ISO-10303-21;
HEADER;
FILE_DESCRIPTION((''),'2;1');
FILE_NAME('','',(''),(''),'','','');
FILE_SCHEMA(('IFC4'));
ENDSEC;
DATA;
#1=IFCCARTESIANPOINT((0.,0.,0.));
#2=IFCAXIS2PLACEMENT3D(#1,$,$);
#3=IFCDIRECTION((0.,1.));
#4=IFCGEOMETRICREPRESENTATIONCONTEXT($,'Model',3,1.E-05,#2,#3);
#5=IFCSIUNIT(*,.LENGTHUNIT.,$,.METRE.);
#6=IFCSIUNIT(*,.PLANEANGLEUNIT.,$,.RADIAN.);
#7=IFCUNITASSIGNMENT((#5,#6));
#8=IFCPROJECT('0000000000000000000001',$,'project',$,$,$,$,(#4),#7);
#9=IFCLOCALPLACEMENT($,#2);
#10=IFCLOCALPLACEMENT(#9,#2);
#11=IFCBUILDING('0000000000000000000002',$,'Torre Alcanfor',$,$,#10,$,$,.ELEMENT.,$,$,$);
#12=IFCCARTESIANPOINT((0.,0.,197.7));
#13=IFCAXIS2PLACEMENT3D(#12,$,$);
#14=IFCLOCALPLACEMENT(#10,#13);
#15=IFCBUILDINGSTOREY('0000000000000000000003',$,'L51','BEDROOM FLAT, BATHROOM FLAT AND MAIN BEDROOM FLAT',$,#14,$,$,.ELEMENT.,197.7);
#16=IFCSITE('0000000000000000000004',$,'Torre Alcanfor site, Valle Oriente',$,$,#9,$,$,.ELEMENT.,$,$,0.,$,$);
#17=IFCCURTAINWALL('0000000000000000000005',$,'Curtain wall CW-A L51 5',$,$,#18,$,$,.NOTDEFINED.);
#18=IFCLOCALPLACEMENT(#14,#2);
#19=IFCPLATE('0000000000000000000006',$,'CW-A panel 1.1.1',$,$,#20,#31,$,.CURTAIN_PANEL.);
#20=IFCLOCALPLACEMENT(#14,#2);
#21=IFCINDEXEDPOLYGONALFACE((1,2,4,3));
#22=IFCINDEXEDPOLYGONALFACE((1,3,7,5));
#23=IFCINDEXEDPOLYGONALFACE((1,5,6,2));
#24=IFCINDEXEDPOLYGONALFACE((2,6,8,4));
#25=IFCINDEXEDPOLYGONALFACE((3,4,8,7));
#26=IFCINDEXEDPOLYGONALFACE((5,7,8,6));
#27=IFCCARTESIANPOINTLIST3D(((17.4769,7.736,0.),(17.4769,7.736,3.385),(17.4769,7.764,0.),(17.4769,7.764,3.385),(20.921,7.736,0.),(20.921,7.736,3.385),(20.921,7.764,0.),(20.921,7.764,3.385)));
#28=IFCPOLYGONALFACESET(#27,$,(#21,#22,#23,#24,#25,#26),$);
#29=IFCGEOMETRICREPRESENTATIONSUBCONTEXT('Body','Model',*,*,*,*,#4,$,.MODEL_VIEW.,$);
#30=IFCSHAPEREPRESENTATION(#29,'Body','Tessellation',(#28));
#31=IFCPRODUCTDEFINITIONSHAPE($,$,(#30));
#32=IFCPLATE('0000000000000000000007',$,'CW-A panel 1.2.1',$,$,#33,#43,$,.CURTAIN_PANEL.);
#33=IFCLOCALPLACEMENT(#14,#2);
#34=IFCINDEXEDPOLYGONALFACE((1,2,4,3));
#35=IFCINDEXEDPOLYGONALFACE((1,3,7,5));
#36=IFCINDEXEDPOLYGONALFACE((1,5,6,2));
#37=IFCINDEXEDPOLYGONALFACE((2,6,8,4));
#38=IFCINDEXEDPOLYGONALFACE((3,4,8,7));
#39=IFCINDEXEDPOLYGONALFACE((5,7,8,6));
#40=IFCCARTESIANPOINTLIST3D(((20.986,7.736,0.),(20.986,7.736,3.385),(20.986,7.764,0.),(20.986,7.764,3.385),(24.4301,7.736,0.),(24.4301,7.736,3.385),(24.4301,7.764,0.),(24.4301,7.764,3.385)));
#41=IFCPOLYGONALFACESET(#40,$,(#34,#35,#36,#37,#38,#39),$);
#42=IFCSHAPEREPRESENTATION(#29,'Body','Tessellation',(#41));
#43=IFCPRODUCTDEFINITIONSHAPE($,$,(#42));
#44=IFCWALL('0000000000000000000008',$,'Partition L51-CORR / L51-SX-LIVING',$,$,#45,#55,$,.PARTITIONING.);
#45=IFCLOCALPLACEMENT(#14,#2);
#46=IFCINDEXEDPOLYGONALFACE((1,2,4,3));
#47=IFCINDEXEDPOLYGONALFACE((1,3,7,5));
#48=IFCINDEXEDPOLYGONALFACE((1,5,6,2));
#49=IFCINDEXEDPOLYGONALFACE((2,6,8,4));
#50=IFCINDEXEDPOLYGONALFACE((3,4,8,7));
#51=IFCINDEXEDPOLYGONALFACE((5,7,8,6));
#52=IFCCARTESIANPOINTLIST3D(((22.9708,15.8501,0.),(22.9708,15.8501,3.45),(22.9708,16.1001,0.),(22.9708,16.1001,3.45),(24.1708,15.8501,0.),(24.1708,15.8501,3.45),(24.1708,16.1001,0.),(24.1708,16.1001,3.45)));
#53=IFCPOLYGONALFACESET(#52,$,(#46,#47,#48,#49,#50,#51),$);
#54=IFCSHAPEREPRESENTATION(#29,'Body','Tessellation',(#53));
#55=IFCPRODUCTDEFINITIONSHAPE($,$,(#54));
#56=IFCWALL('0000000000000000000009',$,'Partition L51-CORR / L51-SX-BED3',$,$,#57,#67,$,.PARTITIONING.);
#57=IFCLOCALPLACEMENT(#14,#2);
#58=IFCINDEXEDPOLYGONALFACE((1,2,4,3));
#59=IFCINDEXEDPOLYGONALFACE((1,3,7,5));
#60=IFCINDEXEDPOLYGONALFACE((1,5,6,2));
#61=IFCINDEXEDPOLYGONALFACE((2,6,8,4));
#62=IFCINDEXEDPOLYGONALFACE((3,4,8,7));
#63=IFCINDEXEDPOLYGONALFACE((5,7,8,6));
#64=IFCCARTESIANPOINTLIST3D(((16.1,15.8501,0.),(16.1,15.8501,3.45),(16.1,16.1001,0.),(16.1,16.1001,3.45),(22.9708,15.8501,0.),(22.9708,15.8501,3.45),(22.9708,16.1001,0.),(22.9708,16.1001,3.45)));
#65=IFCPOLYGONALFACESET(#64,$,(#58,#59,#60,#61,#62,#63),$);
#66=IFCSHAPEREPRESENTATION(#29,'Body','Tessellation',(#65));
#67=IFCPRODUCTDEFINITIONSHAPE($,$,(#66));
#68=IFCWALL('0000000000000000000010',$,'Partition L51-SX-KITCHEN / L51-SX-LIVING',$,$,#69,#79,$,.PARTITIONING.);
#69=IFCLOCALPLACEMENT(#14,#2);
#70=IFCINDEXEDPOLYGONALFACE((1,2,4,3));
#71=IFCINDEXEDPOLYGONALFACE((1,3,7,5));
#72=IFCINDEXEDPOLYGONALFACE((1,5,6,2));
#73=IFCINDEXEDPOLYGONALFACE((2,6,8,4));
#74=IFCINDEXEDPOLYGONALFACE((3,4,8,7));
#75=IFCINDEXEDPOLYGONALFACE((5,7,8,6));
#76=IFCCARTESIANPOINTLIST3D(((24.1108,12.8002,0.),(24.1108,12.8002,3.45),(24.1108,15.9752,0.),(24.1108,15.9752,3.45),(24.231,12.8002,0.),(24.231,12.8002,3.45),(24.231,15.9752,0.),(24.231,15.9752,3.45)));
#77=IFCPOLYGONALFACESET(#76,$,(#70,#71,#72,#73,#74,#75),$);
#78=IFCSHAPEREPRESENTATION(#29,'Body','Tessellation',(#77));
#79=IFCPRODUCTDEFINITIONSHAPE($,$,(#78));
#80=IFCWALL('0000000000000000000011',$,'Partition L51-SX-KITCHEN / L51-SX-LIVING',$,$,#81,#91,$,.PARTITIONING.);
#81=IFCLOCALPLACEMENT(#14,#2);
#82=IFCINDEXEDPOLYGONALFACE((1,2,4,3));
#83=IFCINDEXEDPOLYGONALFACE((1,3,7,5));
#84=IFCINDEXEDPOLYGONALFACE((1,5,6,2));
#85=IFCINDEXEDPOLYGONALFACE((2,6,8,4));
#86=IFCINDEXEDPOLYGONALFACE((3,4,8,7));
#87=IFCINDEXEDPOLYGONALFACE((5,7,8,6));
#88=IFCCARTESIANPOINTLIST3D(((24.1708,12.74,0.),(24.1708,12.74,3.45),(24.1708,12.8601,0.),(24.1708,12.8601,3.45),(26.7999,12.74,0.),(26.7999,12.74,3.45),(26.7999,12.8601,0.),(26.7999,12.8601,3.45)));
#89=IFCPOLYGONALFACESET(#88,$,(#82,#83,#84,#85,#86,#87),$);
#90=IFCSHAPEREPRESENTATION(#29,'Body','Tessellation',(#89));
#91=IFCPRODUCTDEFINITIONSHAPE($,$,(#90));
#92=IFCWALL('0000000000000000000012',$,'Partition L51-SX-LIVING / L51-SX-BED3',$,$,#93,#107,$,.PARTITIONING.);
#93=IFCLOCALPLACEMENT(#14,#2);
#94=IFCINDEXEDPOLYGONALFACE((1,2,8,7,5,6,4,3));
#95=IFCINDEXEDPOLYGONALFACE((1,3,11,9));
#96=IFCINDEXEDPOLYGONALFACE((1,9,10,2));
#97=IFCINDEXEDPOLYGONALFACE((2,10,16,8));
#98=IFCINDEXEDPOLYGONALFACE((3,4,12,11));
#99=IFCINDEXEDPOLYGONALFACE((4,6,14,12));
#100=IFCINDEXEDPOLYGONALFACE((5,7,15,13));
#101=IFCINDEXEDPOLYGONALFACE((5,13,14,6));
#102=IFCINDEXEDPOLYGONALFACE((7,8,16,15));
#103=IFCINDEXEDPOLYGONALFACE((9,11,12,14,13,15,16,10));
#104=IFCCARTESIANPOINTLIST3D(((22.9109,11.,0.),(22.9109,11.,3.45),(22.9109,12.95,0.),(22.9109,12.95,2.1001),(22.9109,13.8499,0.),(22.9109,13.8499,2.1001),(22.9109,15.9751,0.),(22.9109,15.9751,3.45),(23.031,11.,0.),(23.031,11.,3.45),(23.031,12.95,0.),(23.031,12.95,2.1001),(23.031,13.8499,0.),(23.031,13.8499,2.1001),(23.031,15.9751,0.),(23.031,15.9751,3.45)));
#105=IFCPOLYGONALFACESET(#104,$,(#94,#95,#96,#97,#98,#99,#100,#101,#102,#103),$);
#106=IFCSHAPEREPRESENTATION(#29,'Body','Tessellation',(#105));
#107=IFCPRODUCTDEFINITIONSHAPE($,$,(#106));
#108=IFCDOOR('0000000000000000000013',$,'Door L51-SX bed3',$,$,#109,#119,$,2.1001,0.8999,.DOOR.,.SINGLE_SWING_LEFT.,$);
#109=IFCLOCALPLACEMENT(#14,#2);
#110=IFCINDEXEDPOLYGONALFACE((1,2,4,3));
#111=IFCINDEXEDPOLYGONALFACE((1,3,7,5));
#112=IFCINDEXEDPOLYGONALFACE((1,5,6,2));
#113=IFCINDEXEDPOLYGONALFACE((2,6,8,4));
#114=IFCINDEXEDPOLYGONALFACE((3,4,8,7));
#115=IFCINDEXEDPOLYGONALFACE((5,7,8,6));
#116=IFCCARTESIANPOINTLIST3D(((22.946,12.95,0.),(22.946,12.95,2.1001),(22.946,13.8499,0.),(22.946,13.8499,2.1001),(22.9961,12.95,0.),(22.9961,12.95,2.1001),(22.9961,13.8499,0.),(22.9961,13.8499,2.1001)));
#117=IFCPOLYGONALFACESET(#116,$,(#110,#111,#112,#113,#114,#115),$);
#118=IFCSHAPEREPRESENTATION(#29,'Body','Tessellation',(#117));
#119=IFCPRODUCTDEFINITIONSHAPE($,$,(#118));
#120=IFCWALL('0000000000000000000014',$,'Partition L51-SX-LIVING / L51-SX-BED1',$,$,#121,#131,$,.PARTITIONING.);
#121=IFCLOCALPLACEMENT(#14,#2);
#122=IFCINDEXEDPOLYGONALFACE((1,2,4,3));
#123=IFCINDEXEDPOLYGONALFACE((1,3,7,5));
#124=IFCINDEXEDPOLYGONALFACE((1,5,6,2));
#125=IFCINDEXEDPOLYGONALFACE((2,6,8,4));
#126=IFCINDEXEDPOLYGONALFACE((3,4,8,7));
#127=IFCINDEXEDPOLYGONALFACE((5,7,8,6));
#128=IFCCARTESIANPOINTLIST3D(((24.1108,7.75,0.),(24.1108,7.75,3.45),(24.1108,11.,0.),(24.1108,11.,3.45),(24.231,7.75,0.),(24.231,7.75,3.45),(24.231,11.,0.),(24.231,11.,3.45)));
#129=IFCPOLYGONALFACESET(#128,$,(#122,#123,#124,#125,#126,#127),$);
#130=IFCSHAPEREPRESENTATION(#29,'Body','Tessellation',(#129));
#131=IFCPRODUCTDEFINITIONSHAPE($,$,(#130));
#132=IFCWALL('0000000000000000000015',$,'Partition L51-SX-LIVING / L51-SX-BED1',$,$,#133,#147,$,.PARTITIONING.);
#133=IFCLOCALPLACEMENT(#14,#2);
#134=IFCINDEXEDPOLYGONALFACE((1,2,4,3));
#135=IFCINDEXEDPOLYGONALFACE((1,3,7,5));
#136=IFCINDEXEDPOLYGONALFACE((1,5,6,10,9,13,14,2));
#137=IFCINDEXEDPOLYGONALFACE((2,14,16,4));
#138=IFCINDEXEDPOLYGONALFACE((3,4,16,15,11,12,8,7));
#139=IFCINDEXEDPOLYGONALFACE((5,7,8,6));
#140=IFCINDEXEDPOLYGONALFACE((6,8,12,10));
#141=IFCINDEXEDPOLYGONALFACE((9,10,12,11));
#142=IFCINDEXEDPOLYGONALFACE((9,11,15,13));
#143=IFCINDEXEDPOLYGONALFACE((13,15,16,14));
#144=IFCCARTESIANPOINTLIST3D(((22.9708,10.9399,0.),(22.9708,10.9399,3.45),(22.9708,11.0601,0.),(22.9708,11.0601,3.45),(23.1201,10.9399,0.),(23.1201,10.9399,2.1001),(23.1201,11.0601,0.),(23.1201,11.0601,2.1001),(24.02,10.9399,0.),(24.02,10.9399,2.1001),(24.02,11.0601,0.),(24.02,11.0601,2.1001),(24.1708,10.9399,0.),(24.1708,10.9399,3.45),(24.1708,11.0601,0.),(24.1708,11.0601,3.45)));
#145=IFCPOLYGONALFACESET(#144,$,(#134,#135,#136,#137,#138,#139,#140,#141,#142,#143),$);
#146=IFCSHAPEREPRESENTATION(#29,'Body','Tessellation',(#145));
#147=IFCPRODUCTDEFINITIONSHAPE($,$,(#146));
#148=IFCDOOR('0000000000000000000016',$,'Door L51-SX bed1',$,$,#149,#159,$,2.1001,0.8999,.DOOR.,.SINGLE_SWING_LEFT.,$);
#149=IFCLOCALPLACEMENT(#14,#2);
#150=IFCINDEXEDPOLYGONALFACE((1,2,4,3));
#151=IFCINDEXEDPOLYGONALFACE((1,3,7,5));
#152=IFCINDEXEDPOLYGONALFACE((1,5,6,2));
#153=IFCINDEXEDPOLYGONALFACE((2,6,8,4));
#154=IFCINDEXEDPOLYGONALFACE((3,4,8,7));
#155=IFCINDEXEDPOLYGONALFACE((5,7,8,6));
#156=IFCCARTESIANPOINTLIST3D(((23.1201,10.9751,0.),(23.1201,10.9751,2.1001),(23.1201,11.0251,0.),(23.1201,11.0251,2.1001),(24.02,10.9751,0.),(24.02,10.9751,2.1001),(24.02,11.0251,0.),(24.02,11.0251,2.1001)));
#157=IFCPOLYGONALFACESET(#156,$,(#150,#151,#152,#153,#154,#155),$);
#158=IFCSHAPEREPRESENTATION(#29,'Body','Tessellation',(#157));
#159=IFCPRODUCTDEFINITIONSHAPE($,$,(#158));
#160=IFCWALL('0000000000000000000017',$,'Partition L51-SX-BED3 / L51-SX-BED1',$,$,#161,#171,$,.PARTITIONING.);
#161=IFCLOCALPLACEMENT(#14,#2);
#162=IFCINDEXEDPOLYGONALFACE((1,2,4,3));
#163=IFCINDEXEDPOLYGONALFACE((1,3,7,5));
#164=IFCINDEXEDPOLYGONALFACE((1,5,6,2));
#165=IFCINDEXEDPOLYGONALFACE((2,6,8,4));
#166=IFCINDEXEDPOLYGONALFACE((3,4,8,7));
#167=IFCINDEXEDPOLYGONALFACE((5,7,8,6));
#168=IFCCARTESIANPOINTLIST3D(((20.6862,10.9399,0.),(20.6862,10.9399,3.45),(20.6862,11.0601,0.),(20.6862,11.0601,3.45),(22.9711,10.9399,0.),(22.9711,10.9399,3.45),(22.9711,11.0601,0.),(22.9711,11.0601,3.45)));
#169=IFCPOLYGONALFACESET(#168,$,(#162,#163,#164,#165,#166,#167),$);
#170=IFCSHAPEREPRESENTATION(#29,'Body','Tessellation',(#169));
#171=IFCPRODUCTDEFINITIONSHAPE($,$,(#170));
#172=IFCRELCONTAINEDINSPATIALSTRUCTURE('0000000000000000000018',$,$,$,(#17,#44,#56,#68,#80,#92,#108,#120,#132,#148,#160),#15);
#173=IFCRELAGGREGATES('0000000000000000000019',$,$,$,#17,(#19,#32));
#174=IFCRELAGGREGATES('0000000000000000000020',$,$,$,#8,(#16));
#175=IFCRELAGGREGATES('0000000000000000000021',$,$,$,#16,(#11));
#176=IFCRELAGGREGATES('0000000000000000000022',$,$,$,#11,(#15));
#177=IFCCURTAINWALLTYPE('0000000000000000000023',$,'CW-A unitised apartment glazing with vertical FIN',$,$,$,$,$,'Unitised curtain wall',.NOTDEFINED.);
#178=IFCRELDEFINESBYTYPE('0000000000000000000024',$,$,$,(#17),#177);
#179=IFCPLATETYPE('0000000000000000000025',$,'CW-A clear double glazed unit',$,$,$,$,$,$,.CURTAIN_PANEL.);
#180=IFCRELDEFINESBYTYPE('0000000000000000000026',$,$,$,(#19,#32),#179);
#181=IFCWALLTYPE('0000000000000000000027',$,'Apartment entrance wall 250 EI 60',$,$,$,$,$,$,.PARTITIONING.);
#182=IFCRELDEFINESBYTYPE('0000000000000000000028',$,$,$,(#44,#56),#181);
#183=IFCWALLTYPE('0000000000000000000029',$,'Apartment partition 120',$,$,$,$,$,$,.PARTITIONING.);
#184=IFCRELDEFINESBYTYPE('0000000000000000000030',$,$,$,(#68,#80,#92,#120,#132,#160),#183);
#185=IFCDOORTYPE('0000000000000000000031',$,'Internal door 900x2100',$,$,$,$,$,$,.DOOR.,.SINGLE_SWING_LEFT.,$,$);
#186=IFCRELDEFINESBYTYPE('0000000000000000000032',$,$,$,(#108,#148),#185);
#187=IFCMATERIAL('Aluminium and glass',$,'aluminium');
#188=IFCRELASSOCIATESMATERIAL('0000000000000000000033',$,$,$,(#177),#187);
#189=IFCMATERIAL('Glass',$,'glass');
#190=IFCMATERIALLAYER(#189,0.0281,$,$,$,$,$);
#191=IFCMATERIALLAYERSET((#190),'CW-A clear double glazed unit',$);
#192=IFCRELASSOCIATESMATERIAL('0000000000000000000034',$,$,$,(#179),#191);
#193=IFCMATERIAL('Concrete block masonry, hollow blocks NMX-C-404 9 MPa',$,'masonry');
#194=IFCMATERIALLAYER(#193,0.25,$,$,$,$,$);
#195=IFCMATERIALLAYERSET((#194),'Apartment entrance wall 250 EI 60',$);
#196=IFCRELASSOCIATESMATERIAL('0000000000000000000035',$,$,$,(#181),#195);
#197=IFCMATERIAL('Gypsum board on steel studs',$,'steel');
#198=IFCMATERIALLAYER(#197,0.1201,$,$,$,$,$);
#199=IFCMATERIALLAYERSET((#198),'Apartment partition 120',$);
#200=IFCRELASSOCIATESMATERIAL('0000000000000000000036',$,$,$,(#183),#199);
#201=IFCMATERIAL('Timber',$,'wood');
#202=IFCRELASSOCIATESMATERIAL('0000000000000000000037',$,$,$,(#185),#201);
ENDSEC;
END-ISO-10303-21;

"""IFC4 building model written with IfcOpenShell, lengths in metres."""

from ifc_helpers import new_model, si_unit, direction, frame, frame_2d, origin, origin_2d, place, context, subcontext, project, spatial, rectangle, extrude, material, layer, layer_set, type_object, element, fill, aggregate, save


model = new_model("IFC4")

# Units and contexts
model_context = context("Model", 3, precision=1e-05, world=origin(), true_north=direction((0.0, 1.0)))
body_context = subcontext(model_context, "Body", "Model", "MODEL_VIEW")
ifc_project = project(units=[si_unit("LENGTHUNIT", "METRE"), si_unit("PLANEANGLEUNIT", "RADIAN")], contexts=[model_context])

# Site, building, storey
site_placement = place(None, origin())
site = spatial("IfcSite", under=ifc_project, at=site_placement, Name="Torre Alcanfor site, Valle Oriente", CompositionType="ELEMENT", RefElevation=0.0)
building_placement = place(site_placement, origin())
building = spatial("IfcBuilding", under=site, at=building_placement, Name="Torre Alcanfor", CompositionType="ELEMENT")
storey_placement = place(building_placement, frame((0.0, 0.0, 197.7)))
storey = spatial("IfcBuildingStorey", under=building, at=storey_placement, Name="L51", Description="BEDROOM FLAT, BATHROOM FLAT AND MAIN BEDROOM FLAT", CompositionType="ELEMENT", Elevation=197.7)

# Curtain wall
ifc_material_1 = material(Name="Aluminium and glass", Category="aluminium")
curtain_wall_type = type_object("IfcCurtainWallType", Name="CW-A unitised apartment glazing with vertical FIN", ElementType="Unitised curtain wall", PredefinedType="NOTDEFINED", material=ifc_material_1)
curtain_wall_placement = place(storey_placement, origin())
curtain_wall = element("IfcCurtainWall", 1, at=curtain_wall_placement, inside=storey, type_object=curtain_wall_type, Name="Curtain wall CW-A L51 5", PredefinedType="NOTDEFINED")

# Plates
ifc_material_2 = material(Name="Glass", Category="glass")
ifc_layer_1 = layer(ifc_material_2, 0.0281)
ifc_layer_set_1 = layer_set([ifc_layer_1], Name="CW-A clear double glazed unit")
plate_type = type_object("IfcPlateType", Name="CW-A clear double glazed unit", PredefinedType="CURTAIN_PANEL", material=ifc_layer_set_1)
plate_1_placement = place(storey_placement, frame((19.199, 7.75, 0.0), z_axis=(0.0, 0.0, 1.0), x_axis=(1.0, 0.0, 0.0)))
plate_1 = element("IfcPlate", 2, at=plate_1_placement, type_object=plate_type, Name="CW-A panel 1.1.1", PredefinedType="CURTAIN_PANEL", context=body_context, shape_type="SweptSolid", body=[
    extrude(rectangle(XDim=3.4441, YDim=0.0281, at=origin_2d()), origin(), (0.0, 0.0, 1.0), 3.385),
])
plate_2_placement = place(storey_placement, frame((22.708, 7.75, 0.0), z_axis=(0.0, 0.0, 1.0), x_axis=(1.0, 0.0, 0.0)))
plate_2 = element("IfcPlate", 3, at=plate_2_placement, type_object=plate_type, Name="CW-A panel 1.2.1", PredefinedType="CURTAIN_PANEL", context=body_context, shape_type="SweptSolid", body=[
    extrude(rectangle(XDim=3.4441, YDim=0.0281, at=origin_2d()), origin(), (0.0, 0.0, 1.0), 3.385),
])
aggregate(curtain_wall, [plate_1, plate_2])

# Walls
ifc_material_3 = material(Name="Concrete block masonry, hollow blocks NMX-C-404 9 MPa", Category="masonry")
ifc_layer_2 = layer(ifc_material_3, 0.25)
ifc_layer_set_2 = layer_set([ifc_layer_2], Name="Apartment entrance wall 250 EI 60")
wall_type_1 = type_object("IfcWallType", Name="Apartment entrance wall 250 EI 60", PredefinedType="PARTITIONING", material=ifc_layer_set_2)
wall_1_placement = place(storey_placement, frame((24.1709, 15.9751, 0.0), z_axis=(0.0, 0.0, 1.0), x_axis=(-1.0, 0.0, 0.0)))
element("IfcWall", 4, at=wall_1_placement, inside=storey, type_object=wall_type_1, Name="Partition L51-CORR / L51-SX-LIVING", PredefinedType="PARTITIONING", context=body_context, shape_type="SweptSolid", body=[
    extrude(rectangle(XDim=1.2, YDim=0.25, at=frame_2d((0.6001, 0.0))), origin(), (0.0, 0.0, 1.0), 3.45),
])
wall_2_placement = place(storey_placement, frame((22.9709, 15.9751, 0.0), z_axis=(0.0, 0.0, 1.0), x_axis=(-1.0, 0.0, 0.0)))
element("IfcWall", 5, at=wall_2_placement, inside=storey, type_object=wall_type_1, Name="Partition L51-CORR / L51-SX-BED3", PredefinedType="PARTITIONING", context=body_context, shape_type="SweptSolid", body=[
    extrude(rectangle(XDim=6.8708, YDim=0.25, at=frame_2d((3.4355, 0.0))), origin(), (0.0, 0.0, 1.0), 3.45),
])
ifc_material_4 = material(Name="Gypsum board on steel studs", Category="steel")
ifc_layer_3 = layer(ifc_material_4, 0.1201)
ifc_layer_set_3 = layer_set([ifc_layer_3], Name="Apartment partition 120")
wall_type_2 = type_object("IfcWallType", Name="Apartment partition 120", PredefinedType="PARTITIONING", material=ifc_layer_set_3)
wall_3_placement = place(storey_placement, frame((24.1709, 15.9751, 0.0), z_axis=(0.0, 0.0, 1.0), x_axis=(0.0, -1.0, 0.0)))
element("IfcWall", 6, at=wall_3_placement, inside=storey, type_object=wall_type_2, Name="Partition L51-SX-KITCHEN / L51-SX-LIVING", PredefinedType="PARTITIONING", context=body_context, shape_type="SweptSolid", body=[
    extrude(rectangle(XDim=3.175, YDim=0.1201, at=frame_2d((1.5874, 0.0))), origin(), (0.0, 0.0, 1.0), 3.45),
])
wall_4_placement = place(storey_placement, frame((24.1709, 12.8, 0.0), z_axis=(0.0, 0.0, 1.0), x_axis=(1.0, 0.0, 0.0)))
element("IfcWall", 7, at=wall_4_placement, inside=storey, type_object=wall_type_2, Name="Partition L51-SX-KITCHEN / L51-SX-LIVING", PredefinedType="PARTITIONING", context=body_context, shape_type="SweptSolid", body=[
    extrude(rectangle(XDim=2.6292, YDim=0.1201, at=frame_2d((1.3145, 0.0))), origin(), (0.0, 0.0, 1.0), 3.45),
])

# Wall, opening, door
wall_5_placement = place(storey_placement, frame((22.9709, 11.0, 0.0), z_axis=(0.0, 0.0, 1.0), x_axis=(0.0, 1.0, 0.0)))
wall_5 = element("IfcWall", 8, at=wall_5_placement, inside=storey, type_object=wall_type_2, Name="Partition L51-SX-LIVING / L51-SX-BED3", PredefinedType="PARTITIONING", context=body_context, shape_type="SweptSolid", body=[
    extrude(rectangle(XDim=4.9751, YDim=0.1201, at=frame_2d((2.4875, 0.0))), origin(), (0.0, 0.0, 1.0), 3.45),
])
opening_1_placement = place(wall_5_placement, frame((1.95, 0.0, 0.0)))
opening_1 = element("IfcOpeningElement", 9, at=opening_1_placement, cuts=wall_5, PredefinedType="OPENING", context=body_context, shape_type="SweptSolid", body=[
    extrude(rectangle(XDim=0.8999, YDim=2.1001, at=frame_2d((0.45, 1.05))), frame((0.0, 0.0701, 0.0), z_axis=(0.0, -1.0, 0.0), x_axis=(1.0, 0.0, 0.0)), (0.0, 0.0, 1.0), 0.1401),
])
ifc_material_5 = material(Name="Timber", Category="wood")
door_type_1 = type_object("IfcDoorType", Name="Internal door 900x2100", OperationType="SINGLE_SWING_LEFT", PredefinedType="DOOR", material=ifc_material_5)
door_1_placement = place(opening_1_placement, origin())
door_1 = element("IfcDoor", 10, at=door_1_placement, inside=storey, type_object=door_type_1, Name="Door L51-SX bed3", OperationType="SINGLE_SWING_LEFT", OverallHeight=2.1001, OverallWidth=0.8999, PredefinedType="DOOR", context=body_context, shape_type="SweptSolid", body=[
    extrude(rectangle(XDim=0.8999, YDim=2.1001, at=frame_2d((0.45, 1.05))), frame((0.0, 0.0249, 0.0), z_axis=(0.0, -1.0, 0.0), x_axis=(1.0, 0.0, 0.0)), (0.0, 0.0, 1.0), 0.05),
])
fill(opening_1, door_1)

# Wall
wall_6_placement = place(storey_placement, frame((24.1709, 7.75, 0.0), z_axis=(0.0, 0.0, 1.0), x_axis=(0.0, 1.0, 0.0)))
element("IfcWall", 11, at=wall_6_placement, inside=storey, type_object=wall_type_2, Name="Partition L51-SX-LIVING / L51-SX-BED1", PredefinedType="PARTITIONING", context=body_context, shape_type="SweptSolid", body=[
    extrude(rectangle(XDim=3.25, YDim=0.1201, at=frame_2d((1.625, 0.0))), origin(), (0.0, 0.0, 1.0), 3.45),
])

# Wall, opening, door
wall_7_placement = place(storey_placement, frame((24.1709, 11.0, 0.0), z_axis=(0.0, 0.0, 1.0), x_axis=(-1.0, 0.0, 0.0)))
wall_7 = element("IfcWall", 12, at=wall_7_placement, inside=storey, type_object=wall_type_2, Name="Partition L51-SX-LIVING / L51-SX-BED1", PredefinedType="PARTITIONING", context=body_context, shape_type="SweptSolid", body=[
    extrude(rectangle(XDim=1.2, YDim=0.1201, at=frame_2d((0.6001, 0.0))), origin(), (0.0, 0.0, 1.0), 3.45),
])
opening_2_placement = place(wall_7_placement, frame((0.1509, 0.0, 0.0)))
opening_2 = element("IfcOpeningElement", 13, at=opening_2_placement, cuts=wall_7, PredefinedType="OPENING", context=body_context, shape_type="SweptSolid", body=[
    extrude(rectangle(XDim=0.8999, YDim=2.1001, at=frame_2d((0.45, 1.05))), frame((0.0, 0.0701, 0.0), z_axis=(0.0, -1.0, 0.0), x_axis=(1.0, 0.0, 0.0)), (0.0, 0.0, 1.0), 0.1401),
])
door_2_placement = place(opening_2_placement, origin())
door_2 = element("IfcDoor", 14, at=door_2_placement, inside=storey, type_object=door_type_1, Name="Door L51-SX bed1", OperationType="SINGLE_SWING_LEFT", OverallHeight=2.1001, OverallWidth=0.8999, PredefinedType="DOOR", context=body_context, shape_type="SweptSolid", body=[
    extrude(rectangle(XDim=0.8999, YDim=2.1001, at=frame_2d((0.45, 1.05))), frame((0.0, 0.0249, 0.0), z_axis=(0.0, -1.0, 0.0), x_axis=(1.0, 0.0, 0.0)), (0.0, 0.0, 1.0), 0.05),
])
fill(opening_2, door_2)

# Wall
wall_8_placement = place(storey_placement, frame((20.686, 11.0, 0.0), z_axis=(0.0, 0.0, 1.0), x_axis=(1.0, 0.0, 0.0)))
element("IfcWall", 15, at=wall_8_placement, inside=storey, type_object=wall_type_2, Name="Partition L51-SX-BED3 / L51-SX-BED1", PredefinedType="PARTITIONING", context=body_context, shape_type="SweptSolid", body=[
    extrude(rectangle(XDim=2.2849, YDim=0.1201, at=frame_2d((1.1426, 0.0))), origin(), (0.0, 0.0, 1.0), 3.45),
])

save(model, "model.ifc")
